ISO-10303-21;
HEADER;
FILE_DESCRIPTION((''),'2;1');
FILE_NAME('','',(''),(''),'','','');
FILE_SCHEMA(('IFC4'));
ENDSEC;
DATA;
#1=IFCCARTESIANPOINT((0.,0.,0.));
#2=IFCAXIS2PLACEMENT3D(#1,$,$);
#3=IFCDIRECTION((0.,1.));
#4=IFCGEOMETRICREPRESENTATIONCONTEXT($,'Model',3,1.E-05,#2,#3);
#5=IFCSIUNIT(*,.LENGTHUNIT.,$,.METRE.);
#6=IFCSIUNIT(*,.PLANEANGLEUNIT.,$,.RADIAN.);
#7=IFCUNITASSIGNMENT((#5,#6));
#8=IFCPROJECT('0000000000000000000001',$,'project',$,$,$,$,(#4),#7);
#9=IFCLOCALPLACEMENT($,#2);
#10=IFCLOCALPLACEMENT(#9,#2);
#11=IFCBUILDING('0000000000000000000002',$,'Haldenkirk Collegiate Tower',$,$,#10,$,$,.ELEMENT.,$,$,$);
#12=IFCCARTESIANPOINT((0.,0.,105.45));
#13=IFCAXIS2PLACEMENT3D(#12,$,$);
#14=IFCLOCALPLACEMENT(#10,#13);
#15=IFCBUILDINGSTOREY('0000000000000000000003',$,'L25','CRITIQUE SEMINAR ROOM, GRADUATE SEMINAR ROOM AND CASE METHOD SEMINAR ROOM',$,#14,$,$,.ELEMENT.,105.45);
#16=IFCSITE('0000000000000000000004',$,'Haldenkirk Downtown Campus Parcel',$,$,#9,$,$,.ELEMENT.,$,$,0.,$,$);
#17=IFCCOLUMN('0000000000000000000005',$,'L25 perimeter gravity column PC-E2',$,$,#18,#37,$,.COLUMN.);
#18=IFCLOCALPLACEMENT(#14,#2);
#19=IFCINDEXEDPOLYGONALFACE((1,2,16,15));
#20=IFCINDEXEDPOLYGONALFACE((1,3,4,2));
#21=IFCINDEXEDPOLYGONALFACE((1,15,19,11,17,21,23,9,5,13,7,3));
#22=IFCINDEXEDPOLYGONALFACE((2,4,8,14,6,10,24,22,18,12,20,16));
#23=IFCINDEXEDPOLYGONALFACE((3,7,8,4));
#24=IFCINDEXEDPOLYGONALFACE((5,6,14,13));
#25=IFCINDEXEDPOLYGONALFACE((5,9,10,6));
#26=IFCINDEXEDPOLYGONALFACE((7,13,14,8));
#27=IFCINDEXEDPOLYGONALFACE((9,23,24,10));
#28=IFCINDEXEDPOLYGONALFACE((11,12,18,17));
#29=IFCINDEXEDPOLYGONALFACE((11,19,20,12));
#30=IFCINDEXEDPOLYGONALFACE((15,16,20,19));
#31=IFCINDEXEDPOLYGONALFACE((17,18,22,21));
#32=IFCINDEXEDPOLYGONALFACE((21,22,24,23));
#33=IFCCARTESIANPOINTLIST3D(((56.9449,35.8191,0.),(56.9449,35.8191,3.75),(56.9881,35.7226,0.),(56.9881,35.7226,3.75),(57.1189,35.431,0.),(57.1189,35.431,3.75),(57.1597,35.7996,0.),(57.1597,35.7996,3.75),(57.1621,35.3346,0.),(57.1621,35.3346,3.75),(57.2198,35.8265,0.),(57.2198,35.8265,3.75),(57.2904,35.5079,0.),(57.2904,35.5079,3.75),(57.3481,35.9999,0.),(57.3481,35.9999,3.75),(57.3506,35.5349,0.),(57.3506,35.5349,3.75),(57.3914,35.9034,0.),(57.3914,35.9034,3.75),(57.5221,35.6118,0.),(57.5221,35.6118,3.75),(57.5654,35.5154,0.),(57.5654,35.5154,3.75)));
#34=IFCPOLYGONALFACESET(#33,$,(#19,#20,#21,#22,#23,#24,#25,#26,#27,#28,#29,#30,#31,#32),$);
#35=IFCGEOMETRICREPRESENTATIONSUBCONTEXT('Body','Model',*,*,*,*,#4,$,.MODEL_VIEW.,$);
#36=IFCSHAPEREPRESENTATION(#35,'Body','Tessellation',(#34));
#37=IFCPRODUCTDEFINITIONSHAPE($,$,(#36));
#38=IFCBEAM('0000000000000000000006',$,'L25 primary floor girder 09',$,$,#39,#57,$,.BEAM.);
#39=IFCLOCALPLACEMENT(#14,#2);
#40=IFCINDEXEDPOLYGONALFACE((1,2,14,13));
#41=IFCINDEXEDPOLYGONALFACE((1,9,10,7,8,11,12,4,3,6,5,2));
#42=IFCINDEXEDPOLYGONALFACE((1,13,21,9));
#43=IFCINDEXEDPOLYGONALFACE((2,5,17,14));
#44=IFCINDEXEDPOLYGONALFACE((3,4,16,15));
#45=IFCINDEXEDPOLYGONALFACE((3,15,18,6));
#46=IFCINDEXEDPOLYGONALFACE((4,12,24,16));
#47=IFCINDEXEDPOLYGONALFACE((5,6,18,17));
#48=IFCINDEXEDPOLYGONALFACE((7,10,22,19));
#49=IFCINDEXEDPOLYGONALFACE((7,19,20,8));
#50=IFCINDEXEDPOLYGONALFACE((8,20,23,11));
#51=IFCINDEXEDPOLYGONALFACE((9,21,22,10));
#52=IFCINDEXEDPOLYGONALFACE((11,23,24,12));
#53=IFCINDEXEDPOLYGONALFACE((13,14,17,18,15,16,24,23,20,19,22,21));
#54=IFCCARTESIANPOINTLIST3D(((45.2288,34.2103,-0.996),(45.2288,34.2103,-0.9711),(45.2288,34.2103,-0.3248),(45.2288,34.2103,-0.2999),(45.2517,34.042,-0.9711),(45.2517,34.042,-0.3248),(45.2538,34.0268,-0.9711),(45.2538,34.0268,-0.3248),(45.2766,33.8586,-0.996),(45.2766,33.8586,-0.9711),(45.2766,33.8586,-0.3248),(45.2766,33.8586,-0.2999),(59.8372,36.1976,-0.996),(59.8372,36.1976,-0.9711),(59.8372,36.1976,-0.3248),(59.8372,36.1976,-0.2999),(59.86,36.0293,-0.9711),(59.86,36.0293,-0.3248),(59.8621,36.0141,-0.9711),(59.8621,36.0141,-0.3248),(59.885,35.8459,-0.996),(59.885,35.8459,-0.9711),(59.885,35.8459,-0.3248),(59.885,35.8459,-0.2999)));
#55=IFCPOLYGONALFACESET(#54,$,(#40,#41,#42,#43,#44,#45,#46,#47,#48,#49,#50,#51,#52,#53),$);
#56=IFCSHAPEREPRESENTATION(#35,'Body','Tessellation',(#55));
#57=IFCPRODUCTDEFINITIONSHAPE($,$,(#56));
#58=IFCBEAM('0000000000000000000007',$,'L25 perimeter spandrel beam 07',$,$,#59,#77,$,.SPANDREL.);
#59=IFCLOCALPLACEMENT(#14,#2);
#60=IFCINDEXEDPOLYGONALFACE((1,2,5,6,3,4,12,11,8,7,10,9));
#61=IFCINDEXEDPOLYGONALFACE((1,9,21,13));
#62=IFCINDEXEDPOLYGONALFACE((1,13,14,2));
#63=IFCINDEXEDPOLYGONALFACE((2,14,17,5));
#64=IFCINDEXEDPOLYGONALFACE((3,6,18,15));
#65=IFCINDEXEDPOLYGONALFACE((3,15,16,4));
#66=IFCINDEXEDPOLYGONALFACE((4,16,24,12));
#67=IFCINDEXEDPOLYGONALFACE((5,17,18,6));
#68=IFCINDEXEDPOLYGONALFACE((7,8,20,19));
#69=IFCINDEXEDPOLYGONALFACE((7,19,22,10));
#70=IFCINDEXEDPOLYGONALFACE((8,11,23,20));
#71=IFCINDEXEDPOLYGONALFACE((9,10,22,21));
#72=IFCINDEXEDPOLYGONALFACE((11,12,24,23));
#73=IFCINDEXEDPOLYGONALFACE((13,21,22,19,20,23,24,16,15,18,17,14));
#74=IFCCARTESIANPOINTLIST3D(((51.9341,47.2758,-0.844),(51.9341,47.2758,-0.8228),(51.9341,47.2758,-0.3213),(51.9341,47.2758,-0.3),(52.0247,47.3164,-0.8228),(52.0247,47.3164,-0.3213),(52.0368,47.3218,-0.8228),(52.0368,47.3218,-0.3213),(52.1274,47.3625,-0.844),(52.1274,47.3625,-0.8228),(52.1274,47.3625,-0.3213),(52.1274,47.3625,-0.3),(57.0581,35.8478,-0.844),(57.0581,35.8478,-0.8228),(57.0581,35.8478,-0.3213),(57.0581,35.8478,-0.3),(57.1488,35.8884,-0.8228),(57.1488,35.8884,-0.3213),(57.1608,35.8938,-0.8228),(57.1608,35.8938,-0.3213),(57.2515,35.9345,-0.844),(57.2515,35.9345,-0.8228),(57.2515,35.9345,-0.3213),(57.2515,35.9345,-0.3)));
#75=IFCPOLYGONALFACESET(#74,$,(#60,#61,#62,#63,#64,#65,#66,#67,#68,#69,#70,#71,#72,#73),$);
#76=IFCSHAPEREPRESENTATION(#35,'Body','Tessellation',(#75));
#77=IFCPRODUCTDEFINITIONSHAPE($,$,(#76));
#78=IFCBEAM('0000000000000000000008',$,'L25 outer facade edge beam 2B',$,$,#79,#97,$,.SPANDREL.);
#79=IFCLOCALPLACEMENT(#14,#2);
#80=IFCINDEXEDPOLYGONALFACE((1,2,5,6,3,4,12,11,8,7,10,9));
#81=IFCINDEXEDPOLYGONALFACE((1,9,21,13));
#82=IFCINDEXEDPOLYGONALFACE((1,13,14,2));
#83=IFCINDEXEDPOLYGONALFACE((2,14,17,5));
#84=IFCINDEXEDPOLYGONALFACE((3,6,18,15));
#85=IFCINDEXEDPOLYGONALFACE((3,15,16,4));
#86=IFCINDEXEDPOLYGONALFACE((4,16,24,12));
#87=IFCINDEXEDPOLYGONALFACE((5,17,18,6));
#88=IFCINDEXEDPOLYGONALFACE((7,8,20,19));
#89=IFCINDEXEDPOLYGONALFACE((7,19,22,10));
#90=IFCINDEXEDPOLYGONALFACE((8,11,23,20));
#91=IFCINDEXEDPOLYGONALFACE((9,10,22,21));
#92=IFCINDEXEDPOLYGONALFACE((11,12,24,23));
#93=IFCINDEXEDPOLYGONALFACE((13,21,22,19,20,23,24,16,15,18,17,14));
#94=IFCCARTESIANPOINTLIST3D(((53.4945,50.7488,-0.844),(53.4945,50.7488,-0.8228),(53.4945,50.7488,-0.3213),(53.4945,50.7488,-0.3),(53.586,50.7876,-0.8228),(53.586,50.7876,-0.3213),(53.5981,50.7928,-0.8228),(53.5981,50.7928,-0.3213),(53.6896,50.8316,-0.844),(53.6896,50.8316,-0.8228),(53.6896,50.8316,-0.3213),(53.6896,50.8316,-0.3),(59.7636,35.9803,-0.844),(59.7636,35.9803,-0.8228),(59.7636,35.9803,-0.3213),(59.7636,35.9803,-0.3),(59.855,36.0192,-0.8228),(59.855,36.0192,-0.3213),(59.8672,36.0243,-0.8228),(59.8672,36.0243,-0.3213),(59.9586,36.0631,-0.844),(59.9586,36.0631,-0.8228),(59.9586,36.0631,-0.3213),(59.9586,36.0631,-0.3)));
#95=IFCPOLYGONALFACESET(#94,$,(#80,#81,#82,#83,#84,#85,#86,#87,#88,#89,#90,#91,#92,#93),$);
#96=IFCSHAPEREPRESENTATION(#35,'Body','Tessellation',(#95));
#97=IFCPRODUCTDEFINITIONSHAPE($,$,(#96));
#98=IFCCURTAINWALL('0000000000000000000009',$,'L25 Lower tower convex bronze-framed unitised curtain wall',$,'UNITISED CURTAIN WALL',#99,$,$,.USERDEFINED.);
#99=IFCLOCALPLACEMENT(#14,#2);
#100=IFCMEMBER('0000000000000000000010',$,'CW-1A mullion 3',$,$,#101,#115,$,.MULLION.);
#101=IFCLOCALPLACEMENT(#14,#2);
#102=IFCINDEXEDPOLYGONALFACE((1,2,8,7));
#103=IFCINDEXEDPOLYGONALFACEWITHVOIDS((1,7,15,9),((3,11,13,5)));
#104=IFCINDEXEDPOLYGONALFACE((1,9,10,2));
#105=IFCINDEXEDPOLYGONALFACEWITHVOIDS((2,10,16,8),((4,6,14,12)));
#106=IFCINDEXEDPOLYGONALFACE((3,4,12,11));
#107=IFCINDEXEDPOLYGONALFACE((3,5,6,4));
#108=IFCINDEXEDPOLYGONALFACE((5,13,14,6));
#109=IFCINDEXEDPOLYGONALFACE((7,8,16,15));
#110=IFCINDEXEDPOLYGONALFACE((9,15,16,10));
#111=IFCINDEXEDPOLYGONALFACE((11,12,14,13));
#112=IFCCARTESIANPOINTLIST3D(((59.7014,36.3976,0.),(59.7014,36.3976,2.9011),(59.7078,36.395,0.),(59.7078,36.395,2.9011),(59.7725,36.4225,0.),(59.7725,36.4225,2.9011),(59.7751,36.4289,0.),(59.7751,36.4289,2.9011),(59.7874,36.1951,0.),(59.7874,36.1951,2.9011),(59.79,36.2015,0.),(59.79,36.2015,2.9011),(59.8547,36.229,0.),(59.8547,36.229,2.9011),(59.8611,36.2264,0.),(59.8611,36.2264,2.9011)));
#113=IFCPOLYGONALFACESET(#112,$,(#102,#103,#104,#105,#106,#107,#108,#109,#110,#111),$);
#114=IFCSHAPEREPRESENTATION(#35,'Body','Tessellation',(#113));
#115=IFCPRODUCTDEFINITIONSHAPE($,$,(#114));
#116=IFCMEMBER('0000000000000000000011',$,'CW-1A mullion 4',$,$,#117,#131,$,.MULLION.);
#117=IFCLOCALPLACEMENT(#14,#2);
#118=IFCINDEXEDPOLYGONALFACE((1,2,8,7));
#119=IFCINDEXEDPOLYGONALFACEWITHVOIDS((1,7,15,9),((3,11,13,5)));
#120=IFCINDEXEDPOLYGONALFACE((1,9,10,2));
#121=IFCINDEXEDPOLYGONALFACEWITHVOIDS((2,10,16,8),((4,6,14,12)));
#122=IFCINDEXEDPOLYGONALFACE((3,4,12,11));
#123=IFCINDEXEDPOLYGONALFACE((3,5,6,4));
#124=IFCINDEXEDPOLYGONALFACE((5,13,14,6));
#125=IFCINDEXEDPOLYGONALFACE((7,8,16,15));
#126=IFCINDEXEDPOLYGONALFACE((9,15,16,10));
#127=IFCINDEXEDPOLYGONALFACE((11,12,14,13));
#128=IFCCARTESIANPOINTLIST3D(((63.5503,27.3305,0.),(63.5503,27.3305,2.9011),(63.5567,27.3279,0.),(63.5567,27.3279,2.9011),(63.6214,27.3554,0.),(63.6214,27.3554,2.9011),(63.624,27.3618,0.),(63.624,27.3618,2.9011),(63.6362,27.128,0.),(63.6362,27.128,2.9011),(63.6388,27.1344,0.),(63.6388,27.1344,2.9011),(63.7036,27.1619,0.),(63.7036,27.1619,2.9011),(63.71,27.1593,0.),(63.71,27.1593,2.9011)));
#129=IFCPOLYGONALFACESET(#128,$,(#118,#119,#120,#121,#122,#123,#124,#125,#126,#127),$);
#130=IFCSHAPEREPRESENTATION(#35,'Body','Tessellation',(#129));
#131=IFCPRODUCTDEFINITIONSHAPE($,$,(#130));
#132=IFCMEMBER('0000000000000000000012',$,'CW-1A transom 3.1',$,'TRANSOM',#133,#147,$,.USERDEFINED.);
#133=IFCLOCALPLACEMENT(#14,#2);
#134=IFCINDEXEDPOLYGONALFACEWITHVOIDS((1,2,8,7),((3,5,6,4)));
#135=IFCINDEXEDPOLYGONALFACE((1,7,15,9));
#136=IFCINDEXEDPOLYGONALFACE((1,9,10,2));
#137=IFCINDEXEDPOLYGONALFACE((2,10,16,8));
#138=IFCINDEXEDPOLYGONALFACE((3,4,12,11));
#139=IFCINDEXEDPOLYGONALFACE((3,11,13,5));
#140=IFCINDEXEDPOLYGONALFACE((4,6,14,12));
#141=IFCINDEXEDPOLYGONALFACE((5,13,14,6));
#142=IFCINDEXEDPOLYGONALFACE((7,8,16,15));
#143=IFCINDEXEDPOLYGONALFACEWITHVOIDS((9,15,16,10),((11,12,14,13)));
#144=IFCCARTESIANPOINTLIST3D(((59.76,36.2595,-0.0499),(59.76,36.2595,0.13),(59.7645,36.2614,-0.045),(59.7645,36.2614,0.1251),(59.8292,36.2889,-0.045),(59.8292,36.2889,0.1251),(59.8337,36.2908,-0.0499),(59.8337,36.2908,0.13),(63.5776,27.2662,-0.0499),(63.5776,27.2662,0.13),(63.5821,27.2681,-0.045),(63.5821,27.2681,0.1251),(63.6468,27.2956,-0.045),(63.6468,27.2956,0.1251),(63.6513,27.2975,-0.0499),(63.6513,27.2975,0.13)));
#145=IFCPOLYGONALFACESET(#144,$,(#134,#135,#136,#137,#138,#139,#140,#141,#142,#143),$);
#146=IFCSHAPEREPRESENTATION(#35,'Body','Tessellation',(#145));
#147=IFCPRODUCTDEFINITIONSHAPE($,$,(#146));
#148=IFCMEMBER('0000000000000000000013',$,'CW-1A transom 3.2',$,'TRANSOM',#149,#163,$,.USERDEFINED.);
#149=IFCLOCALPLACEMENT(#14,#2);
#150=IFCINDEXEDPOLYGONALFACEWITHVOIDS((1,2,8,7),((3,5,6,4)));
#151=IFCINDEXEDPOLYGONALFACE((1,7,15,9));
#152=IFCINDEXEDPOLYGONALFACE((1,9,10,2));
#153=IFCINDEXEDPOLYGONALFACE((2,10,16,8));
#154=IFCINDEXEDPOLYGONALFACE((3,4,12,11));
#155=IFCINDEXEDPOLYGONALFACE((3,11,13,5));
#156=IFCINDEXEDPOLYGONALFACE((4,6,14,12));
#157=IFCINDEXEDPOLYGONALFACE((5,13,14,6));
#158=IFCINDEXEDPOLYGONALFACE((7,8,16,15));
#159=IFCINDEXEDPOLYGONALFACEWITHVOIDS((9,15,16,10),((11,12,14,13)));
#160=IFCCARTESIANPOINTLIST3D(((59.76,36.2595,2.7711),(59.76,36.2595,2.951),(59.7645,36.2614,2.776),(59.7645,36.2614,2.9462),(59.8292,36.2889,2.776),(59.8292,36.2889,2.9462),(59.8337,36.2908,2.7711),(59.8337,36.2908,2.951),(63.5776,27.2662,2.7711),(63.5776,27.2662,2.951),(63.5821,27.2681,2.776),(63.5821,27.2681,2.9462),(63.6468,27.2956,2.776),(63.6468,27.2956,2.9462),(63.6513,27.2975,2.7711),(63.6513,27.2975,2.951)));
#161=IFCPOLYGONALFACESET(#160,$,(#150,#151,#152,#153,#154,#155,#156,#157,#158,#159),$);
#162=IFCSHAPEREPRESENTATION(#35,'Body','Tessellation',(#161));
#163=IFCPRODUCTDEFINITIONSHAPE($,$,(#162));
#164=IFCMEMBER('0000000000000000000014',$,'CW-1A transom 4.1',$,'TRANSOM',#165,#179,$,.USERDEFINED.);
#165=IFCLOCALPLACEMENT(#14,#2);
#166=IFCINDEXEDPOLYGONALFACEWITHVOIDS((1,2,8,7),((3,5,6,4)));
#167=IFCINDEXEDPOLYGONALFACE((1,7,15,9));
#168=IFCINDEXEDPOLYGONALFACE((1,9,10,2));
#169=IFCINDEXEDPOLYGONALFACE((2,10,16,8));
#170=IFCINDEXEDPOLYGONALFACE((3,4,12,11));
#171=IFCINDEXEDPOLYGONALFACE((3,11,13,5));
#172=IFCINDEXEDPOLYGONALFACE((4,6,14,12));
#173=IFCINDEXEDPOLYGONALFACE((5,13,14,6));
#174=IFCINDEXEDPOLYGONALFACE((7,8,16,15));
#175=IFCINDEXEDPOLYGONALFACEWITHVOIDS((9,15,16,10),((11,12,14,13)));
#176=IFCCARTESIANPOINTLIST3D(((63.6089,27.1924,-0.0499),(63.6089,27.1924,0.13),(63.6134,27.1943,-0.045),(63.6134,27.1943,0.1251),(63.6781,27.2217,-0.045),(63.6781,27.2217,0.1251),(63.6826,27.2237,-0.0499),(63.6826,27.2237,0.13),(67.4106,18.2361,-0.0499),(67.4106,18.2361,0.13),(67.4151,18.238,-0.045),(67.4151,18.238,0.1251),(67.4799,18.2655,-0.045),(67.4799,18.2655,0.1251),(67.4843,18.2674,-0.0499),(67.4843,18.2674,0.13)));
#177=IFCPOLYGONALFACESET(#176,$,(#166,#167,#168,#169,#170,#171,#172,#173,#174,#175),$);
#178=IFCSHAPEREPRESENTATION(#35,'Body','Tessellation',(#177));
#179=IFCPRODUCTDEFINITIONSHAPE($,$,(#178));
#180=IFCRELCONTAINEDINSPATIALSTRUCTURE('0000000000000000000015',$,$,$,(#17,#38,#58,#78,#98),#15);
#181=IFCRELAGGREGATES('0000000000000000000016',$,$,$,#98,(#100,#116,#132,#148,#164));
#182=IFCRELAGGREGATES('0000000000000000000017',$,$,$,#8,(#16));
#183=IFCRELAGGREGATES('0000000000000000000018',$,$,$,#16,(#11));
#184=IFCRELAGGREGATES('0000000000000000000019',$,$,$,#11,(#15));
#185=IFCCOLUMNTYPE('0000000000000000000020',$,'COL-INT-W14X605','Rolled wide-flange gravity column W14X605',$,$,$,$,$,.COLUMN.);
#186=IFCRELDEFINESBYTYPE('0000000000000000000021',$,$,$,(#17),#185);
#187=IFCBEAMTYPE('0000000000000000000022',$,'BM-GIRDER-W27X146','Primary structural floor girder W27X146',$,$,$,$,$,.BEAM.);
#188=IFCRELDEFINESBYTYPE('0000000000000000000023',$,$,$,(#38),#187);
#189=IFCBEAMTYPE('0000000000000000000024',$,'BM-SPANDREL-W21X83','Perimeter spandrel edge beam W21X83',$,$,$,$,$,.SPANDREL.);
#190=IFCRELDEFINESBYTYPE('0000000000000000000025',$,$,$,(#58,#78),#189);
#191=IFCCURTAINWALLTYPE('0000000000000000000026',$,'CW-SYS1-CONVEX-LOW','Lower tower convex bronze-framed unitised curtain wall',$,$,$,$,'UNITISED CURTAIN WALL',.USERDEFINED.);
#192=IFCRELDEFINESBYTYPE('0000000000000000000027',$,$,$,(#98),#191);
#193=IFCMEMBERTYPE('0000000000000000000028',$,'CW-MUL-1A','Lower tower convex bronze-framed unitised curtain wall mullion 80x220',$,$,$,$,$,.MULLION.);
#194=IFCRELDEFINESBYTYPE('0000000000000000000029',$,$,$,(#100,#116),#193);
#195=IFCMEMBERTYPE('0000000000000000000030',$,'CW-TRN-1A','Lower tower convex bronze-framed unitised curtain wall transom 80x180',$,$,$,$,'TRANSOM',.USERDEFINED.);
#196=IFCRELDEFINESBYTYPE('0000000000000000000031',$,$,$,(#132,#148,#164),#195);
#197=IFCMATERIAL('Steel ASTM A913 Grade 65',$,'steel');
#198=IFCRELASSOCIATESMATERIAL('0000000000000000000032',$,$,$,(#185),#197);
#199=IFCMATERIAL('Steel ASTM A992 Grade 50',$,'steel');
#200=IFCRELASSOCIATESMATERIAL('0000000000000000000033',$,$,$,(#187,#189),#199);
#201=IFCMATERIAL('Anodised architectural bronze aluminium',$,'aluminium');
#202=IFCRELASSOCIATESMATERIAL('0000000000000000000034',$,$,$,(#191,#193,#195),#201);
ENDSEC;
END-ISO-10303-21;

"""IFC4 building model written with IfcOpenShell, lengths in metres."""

from ifc_helpers import new_model, si_unit, direction, frame, origin, origin_2d, place, context, subcontext, project, spatial, hollow_rectangle, i_section, extrude, material, material_profile, profile_set, type_object, element, aggregate, save


model = new_model("IFC4")

# Units and contexts
model_context = context("Model", 3, precision=1e-05, world=origin(), true_north=direction((0.0, 1.0)))
body_context = subcontext(model_context, "Body", "Model", "MODEL_VIEW")
ifc_project = project(units=[si_unit("LENGTHUNIT", "METRE"), si_unit("PLANEANGLEUNIT", "RADIAN")], contexts=[model_context])

# Site, building, storey
site_placement = place(None, origin())
site = spatial("IfcSite", under=ifc_project, at=site_placement, Name="Haldenkirk Downtown Campus Parcel", CompositionType="ELEMENT", RefElevation=0.0)
building_placement = place(site_placement, origin())
building = spatial("IfcBuilding", under=site, at=building_placement, Name="Haldenkirk Collegiate Tower", CompositionType="ELEMENT")
storey_placement = place(building_placement, frame((0.0, 0.0, 105.45)))
storey = spatial("IfcBuildingStorey", under=building, at=storey_placement, Name="L25", Description="CRITIQUE SEMINAR ROOM, GRADUATE SEMINAR ROOM AND CASE METHOD SEMINAR ROOM", CompositionType="ELEMENT", Elevation=105.45)

# Column
ifc_material_1 = material(Name="Steel ASTM A913 Grade 65", Category="steel")
ifc_material_profile_1 = material_profile(ifc_material_1, i_section(OverallWidth=0.4419, OverallDepth=0.531, WebThickness=0.0659, FlangeThickness=0.1057, at=origin_2d()), Name="W14X605")
ifc_profile_set_1 = profile_set([ifc_material_profile_1], Name="Steel ASTM A913 Grade 65")
column_type = type_object("IfcColumnType", Name="COL-INT-W14X605", Description="Rolled wide-flange gravity column W14X605", PredefinedType="COLUMN", material=ifc_profile_set_1)
column_placement = place(storey_placement, frame((57.2551, 35.6672, 0.0), z_axis=(0.0, 0.0, 1.0), x_axis=(0.912477, 0.409127, 0.0)))
element("IfcColumn", 1, at=column_placement, inside=storey, type_object=column_type, Name="L25 perimeter gravity column PC-E2", PredefinedType="COLUMN", context=body_context, shape_type="SweptSolid", body=[
    extrude(i_section(OverallWidth=0.4419, OverallDepth=0.531, WebThickness=0.0659, FlangeThickness=0.1057, at=origin_2d()), origin(), (0.0, 0.0, 1.0), 3.75),
])

# Beams
ifc_material_2 = material(Name="Steel ASTM A992 Grade 50", Category="steel")
ifc_material_profile_2 = material_profile(ifc_material_2, i_section(OverallWidth=0.355, OverallDepth=0.696, WebThickness=0.0154, FlangeThickness=0.0249, at=origin_2d()), Name="W27X146")
ifc_profile_set_2 = profile_set([ifc_material_profile_2], Name="Steel ASTM A992 Grade 50")
beam_type_1 = type_object("IfcBeamType", Name="BM-GIRDER-W27X146", Description="Primary structural floor girder W27X146", PredefinedType="BEAM", material=ifc_profile_set_2)
beam_1_placement = place(storey_placement, frame((59.8611, 36.0217, -0.6479), z_axis=(-0.990873, -0.134797, 0.0), x_axis=(0.134797, -0.990873, 0.0)))
element("IfcBeam", 2, at=beam_1_placement, inside=storey, type_object=beam_type_1, Name="L25 primary floor girder 09", PredefinedType="BEAM", context=body_context, shape_type="SweptSolid", body=[
    extrude(i_section(OverallWidth=0.355, OverallDepth=0.696, WebThickness=0.0154, FlangeThickness=0.0249, at=origin_2d()), origin(), (0.0, 0.0, 1.0), 14.7429),
])
ifc_material_profile_3 = material_profile(ifc_material_2, i_section(OverallWidth=0.2119, OverallDepth=0.5439, WebThickness=0.0132, FlangeThickness=0.0212, at=origin_2d()), Name="W21X83")
ifc_profile_set_3 = profile_set([ifc_material_profile_3], Name="Steel ASTM A992 Grade 50")
beam_type_2 = type_object("IfcBeamType", Name="BM-SPANDREL-W21X83", Description="Perimeter spandrel edge beam W21X83", PredefinedType="SPANDREL", material=ifc_profile_set_3)
beam_2_placement = place(storey_placement, frame((57.1548, 35.8911, -0.572), z_axis=(-0.409131, 0.912475, 0.0), x_axis=(-0.912475, -0.409131, 0.0)))
element("IfcBeam", 3, at=beam_2_placement, inside=storey, type_object=beam_type_2, Name="L25 perimeter spandrel beam 07", PredefinedType="SPANDREL", context=body_context, shape_type="SweptSolid", body=[
    extrude(i_section(OverallWidth=0.2119, OverallDepth=0.5439, WebThickness=0.0132, FlangeThickness=0.0212, at=origin_2d()), origin(), (0.0, 0.0, 1.0), 12.5242),
])
beam_3_placement = place(storey_placement, frame((59.8611, 36.0217, -0.572), z_axis=(-0.39074, 0.920501, 0.0), x_axis=(-0.920501, -0.39074, 0.0)))
element("IfcBeam", 4, at=beam_3_placement, inside=storey, type_object=beam_type_2, Name="L25 outer facade edge beam 2B", PredefinedType="SPANDREL", context=body_context, shape_type="SweptSolid", body=[
    extrude(i_section(OverallWidth=0.2119, OverallDepth=0.5439, WebThickness=0.0132, FlangeThickness=0.0212, at=origin_2d()), origin(), (0.0, 0.0, 1.0), 16.0439),
])

# Curtain wall, members
ifc_material_3 = material(Name="Anodised architectural bronze aluminium", Category="aluminium")
curtain_wall_type = type_object("IfcCurtainWallType", Name="CW-SYS1-CONVEX-LOW", Description="Lower tower convex bronze-framed unitised curtain wall", ElementType="UNITISED CURTAIN WALL", PredefinedType="USERDEFINED", material=ifc_material_3)
curtain_wall_placement = place(storey_placement, origin())
curtain_wall = element("IfcCurtainWall", 5, at=curtain_wall_placement, inside=storey, type_object=curtain_wall_type, Name="L25 Lower tower convex bronze-framed unitised curtain wall", ObjectType="UNITISED CURTAIN WALL", PredefinedType="USERDEFINED")
ifc_material_profile_4 = material_profile(ifc_material_3, hollow_rectangle(XDim=0.0801, YDim=0.22, WallThickness=0.0049, at=origin_2d()), Name="CW-MUL-1A")
ifc_profile_set_4 = profile_set([ifc_material_profile_4], Name="Anodised architectural bronze aluminium")
member_type_1 = type_object("IfcMemberType", Name="CW-MUL-1A", Description="Lower tower convex bronze-framed unitised curtain wall mullion 80x220", PredefinedType="MULLION", material=ifc_profile_set_4)
member_1_placement = place(storey_placement, frame((59.7812, 36.312, 0.0), z_axis=(0.0, 0.0, 1.0), x_axis=(0.920505, 0.39073, 0.0)))
member_1 = element("IfcMember", 6, at=member_1_placement, type_object=member_type_1, Name="CW-1A mullion 3", PredefinedType="MULLION", context=body_context, shape_type="SweptSolid", body=[
    extrude(hollow_rectangle(XDim=0.0801, YDim=0.22, WallThickness=0.0049, at=origin_2d()), origin(), (0.0, 0.0, 1.0), 2.9011),
])
member_2_placement = place(storey_placement, frame((63.6301, 27.2449, 0.0), z_axis=(0.0, 0.0, 1.0), x_axis=(0.920505, 0.39073, 0.0)))
member_2 = element("IfcMember", 7, at=member_2_placement, type_object=member_type_1, Name="CW-1A mullion 4", PredefinedType="MULLION", context=body_context, shape_type="SweptSolid", body=[
    extrude(hollow_rectangle(XDim=0.0801, YDim=0.22, WallThickness=0.0049, at=origin_2d()), origin(), (0.0, 0.0, 1.0), 2.9011),
])
ifc_material_profile_5 = material_profile(ifc_material_3, hollow_rectangle(XDim=0.0801, YDim=0.1799, WallThickness=0.0049, at=origin_2d()), Name="CW-TRN-1A")
ifc_profile_set_5 = profile_set([ifc_material_profile_5], Name="Anodised architectural bronze aluminium")
member_type_2 = type_object("IfcMemberType", Name="CW-TRN-1A", Description="Lower tower convex bronze-framed unitised curtain wall transom 80x180", ElementType="TRANSOM", PredefinedType="USERDEFINED", material=ifc_profile_set_5)
member_3_placement = place(storey_placement, frame((59.7969, 36.2751, 0.04), z_axis=(0.390744, -0.920499, 0.0), x_axis=(0.920499, 0.390744, 0.0)))
member_3 = element("IfcMember", 8, at=member_3_placement, type_object=member_type_2, Name="CW-1A transom 3.1", ObjectType="TRANSOM", PredefinedType="USERDEFINED", context=body_context, shape_type="SweptSolid", body=[
    extrude(hollow_rectangle(XDim=0.0801, YDim=0.1799, WallThickness=0.0049, at=origin_2d()), origin(), (0.0, 0.0, 1.0), 9.77),
])
member_4_placement = place(storey_placement, frame((59.7969, 36.2751, 2.8611), z_axis=(0.390744, -0.920499, 0.0), x_axis=(0.920499, 0.390744, 0.0)))
member_4 = element("IfcMember", 9, at=member_4_placement, type_object=member_type_2, Name="CW-1A transom 3.2", ObjectType="TRANSOM", PredefinedType="USERDEFINED", context=body_context, shape_type="SweptSolid", body=[
    extrude(hollow_rectangle(XDim=0.0801, YDim=0.1799, WallThickness=0.0049, at=origin_2d()), origin(), (0.0, 0.0, 1.0), 9.77),
])
member_5_placement = place(storey_placement, frame((63.6458, 27.208, 0.04), z_axis=(0.390734, -0.920504, 0.0), x_axis=(0.920504, 0.390734, 0.0)))
member_5 = element("IfcMember", 10, at=member_5_placement, type_object=member_type_2, Name="CW-1A transom 4.1", ObjectType="TRANSOM", PredefinedType="USERDEFINED", context=body_context, shape_type="SweptSolid", body=[
    extrude(hollow_rectangle(XDim=0.0801, YDim=0.1799, WallThickness=0.0049, at=origin_2d()), origin(), (0.0, 0.0, 1.0), 9.7297),
])
aggregate(curtain_wall, [member_1, member_2, member_3, member_4, member_5])

save(model, "model.ifc")
